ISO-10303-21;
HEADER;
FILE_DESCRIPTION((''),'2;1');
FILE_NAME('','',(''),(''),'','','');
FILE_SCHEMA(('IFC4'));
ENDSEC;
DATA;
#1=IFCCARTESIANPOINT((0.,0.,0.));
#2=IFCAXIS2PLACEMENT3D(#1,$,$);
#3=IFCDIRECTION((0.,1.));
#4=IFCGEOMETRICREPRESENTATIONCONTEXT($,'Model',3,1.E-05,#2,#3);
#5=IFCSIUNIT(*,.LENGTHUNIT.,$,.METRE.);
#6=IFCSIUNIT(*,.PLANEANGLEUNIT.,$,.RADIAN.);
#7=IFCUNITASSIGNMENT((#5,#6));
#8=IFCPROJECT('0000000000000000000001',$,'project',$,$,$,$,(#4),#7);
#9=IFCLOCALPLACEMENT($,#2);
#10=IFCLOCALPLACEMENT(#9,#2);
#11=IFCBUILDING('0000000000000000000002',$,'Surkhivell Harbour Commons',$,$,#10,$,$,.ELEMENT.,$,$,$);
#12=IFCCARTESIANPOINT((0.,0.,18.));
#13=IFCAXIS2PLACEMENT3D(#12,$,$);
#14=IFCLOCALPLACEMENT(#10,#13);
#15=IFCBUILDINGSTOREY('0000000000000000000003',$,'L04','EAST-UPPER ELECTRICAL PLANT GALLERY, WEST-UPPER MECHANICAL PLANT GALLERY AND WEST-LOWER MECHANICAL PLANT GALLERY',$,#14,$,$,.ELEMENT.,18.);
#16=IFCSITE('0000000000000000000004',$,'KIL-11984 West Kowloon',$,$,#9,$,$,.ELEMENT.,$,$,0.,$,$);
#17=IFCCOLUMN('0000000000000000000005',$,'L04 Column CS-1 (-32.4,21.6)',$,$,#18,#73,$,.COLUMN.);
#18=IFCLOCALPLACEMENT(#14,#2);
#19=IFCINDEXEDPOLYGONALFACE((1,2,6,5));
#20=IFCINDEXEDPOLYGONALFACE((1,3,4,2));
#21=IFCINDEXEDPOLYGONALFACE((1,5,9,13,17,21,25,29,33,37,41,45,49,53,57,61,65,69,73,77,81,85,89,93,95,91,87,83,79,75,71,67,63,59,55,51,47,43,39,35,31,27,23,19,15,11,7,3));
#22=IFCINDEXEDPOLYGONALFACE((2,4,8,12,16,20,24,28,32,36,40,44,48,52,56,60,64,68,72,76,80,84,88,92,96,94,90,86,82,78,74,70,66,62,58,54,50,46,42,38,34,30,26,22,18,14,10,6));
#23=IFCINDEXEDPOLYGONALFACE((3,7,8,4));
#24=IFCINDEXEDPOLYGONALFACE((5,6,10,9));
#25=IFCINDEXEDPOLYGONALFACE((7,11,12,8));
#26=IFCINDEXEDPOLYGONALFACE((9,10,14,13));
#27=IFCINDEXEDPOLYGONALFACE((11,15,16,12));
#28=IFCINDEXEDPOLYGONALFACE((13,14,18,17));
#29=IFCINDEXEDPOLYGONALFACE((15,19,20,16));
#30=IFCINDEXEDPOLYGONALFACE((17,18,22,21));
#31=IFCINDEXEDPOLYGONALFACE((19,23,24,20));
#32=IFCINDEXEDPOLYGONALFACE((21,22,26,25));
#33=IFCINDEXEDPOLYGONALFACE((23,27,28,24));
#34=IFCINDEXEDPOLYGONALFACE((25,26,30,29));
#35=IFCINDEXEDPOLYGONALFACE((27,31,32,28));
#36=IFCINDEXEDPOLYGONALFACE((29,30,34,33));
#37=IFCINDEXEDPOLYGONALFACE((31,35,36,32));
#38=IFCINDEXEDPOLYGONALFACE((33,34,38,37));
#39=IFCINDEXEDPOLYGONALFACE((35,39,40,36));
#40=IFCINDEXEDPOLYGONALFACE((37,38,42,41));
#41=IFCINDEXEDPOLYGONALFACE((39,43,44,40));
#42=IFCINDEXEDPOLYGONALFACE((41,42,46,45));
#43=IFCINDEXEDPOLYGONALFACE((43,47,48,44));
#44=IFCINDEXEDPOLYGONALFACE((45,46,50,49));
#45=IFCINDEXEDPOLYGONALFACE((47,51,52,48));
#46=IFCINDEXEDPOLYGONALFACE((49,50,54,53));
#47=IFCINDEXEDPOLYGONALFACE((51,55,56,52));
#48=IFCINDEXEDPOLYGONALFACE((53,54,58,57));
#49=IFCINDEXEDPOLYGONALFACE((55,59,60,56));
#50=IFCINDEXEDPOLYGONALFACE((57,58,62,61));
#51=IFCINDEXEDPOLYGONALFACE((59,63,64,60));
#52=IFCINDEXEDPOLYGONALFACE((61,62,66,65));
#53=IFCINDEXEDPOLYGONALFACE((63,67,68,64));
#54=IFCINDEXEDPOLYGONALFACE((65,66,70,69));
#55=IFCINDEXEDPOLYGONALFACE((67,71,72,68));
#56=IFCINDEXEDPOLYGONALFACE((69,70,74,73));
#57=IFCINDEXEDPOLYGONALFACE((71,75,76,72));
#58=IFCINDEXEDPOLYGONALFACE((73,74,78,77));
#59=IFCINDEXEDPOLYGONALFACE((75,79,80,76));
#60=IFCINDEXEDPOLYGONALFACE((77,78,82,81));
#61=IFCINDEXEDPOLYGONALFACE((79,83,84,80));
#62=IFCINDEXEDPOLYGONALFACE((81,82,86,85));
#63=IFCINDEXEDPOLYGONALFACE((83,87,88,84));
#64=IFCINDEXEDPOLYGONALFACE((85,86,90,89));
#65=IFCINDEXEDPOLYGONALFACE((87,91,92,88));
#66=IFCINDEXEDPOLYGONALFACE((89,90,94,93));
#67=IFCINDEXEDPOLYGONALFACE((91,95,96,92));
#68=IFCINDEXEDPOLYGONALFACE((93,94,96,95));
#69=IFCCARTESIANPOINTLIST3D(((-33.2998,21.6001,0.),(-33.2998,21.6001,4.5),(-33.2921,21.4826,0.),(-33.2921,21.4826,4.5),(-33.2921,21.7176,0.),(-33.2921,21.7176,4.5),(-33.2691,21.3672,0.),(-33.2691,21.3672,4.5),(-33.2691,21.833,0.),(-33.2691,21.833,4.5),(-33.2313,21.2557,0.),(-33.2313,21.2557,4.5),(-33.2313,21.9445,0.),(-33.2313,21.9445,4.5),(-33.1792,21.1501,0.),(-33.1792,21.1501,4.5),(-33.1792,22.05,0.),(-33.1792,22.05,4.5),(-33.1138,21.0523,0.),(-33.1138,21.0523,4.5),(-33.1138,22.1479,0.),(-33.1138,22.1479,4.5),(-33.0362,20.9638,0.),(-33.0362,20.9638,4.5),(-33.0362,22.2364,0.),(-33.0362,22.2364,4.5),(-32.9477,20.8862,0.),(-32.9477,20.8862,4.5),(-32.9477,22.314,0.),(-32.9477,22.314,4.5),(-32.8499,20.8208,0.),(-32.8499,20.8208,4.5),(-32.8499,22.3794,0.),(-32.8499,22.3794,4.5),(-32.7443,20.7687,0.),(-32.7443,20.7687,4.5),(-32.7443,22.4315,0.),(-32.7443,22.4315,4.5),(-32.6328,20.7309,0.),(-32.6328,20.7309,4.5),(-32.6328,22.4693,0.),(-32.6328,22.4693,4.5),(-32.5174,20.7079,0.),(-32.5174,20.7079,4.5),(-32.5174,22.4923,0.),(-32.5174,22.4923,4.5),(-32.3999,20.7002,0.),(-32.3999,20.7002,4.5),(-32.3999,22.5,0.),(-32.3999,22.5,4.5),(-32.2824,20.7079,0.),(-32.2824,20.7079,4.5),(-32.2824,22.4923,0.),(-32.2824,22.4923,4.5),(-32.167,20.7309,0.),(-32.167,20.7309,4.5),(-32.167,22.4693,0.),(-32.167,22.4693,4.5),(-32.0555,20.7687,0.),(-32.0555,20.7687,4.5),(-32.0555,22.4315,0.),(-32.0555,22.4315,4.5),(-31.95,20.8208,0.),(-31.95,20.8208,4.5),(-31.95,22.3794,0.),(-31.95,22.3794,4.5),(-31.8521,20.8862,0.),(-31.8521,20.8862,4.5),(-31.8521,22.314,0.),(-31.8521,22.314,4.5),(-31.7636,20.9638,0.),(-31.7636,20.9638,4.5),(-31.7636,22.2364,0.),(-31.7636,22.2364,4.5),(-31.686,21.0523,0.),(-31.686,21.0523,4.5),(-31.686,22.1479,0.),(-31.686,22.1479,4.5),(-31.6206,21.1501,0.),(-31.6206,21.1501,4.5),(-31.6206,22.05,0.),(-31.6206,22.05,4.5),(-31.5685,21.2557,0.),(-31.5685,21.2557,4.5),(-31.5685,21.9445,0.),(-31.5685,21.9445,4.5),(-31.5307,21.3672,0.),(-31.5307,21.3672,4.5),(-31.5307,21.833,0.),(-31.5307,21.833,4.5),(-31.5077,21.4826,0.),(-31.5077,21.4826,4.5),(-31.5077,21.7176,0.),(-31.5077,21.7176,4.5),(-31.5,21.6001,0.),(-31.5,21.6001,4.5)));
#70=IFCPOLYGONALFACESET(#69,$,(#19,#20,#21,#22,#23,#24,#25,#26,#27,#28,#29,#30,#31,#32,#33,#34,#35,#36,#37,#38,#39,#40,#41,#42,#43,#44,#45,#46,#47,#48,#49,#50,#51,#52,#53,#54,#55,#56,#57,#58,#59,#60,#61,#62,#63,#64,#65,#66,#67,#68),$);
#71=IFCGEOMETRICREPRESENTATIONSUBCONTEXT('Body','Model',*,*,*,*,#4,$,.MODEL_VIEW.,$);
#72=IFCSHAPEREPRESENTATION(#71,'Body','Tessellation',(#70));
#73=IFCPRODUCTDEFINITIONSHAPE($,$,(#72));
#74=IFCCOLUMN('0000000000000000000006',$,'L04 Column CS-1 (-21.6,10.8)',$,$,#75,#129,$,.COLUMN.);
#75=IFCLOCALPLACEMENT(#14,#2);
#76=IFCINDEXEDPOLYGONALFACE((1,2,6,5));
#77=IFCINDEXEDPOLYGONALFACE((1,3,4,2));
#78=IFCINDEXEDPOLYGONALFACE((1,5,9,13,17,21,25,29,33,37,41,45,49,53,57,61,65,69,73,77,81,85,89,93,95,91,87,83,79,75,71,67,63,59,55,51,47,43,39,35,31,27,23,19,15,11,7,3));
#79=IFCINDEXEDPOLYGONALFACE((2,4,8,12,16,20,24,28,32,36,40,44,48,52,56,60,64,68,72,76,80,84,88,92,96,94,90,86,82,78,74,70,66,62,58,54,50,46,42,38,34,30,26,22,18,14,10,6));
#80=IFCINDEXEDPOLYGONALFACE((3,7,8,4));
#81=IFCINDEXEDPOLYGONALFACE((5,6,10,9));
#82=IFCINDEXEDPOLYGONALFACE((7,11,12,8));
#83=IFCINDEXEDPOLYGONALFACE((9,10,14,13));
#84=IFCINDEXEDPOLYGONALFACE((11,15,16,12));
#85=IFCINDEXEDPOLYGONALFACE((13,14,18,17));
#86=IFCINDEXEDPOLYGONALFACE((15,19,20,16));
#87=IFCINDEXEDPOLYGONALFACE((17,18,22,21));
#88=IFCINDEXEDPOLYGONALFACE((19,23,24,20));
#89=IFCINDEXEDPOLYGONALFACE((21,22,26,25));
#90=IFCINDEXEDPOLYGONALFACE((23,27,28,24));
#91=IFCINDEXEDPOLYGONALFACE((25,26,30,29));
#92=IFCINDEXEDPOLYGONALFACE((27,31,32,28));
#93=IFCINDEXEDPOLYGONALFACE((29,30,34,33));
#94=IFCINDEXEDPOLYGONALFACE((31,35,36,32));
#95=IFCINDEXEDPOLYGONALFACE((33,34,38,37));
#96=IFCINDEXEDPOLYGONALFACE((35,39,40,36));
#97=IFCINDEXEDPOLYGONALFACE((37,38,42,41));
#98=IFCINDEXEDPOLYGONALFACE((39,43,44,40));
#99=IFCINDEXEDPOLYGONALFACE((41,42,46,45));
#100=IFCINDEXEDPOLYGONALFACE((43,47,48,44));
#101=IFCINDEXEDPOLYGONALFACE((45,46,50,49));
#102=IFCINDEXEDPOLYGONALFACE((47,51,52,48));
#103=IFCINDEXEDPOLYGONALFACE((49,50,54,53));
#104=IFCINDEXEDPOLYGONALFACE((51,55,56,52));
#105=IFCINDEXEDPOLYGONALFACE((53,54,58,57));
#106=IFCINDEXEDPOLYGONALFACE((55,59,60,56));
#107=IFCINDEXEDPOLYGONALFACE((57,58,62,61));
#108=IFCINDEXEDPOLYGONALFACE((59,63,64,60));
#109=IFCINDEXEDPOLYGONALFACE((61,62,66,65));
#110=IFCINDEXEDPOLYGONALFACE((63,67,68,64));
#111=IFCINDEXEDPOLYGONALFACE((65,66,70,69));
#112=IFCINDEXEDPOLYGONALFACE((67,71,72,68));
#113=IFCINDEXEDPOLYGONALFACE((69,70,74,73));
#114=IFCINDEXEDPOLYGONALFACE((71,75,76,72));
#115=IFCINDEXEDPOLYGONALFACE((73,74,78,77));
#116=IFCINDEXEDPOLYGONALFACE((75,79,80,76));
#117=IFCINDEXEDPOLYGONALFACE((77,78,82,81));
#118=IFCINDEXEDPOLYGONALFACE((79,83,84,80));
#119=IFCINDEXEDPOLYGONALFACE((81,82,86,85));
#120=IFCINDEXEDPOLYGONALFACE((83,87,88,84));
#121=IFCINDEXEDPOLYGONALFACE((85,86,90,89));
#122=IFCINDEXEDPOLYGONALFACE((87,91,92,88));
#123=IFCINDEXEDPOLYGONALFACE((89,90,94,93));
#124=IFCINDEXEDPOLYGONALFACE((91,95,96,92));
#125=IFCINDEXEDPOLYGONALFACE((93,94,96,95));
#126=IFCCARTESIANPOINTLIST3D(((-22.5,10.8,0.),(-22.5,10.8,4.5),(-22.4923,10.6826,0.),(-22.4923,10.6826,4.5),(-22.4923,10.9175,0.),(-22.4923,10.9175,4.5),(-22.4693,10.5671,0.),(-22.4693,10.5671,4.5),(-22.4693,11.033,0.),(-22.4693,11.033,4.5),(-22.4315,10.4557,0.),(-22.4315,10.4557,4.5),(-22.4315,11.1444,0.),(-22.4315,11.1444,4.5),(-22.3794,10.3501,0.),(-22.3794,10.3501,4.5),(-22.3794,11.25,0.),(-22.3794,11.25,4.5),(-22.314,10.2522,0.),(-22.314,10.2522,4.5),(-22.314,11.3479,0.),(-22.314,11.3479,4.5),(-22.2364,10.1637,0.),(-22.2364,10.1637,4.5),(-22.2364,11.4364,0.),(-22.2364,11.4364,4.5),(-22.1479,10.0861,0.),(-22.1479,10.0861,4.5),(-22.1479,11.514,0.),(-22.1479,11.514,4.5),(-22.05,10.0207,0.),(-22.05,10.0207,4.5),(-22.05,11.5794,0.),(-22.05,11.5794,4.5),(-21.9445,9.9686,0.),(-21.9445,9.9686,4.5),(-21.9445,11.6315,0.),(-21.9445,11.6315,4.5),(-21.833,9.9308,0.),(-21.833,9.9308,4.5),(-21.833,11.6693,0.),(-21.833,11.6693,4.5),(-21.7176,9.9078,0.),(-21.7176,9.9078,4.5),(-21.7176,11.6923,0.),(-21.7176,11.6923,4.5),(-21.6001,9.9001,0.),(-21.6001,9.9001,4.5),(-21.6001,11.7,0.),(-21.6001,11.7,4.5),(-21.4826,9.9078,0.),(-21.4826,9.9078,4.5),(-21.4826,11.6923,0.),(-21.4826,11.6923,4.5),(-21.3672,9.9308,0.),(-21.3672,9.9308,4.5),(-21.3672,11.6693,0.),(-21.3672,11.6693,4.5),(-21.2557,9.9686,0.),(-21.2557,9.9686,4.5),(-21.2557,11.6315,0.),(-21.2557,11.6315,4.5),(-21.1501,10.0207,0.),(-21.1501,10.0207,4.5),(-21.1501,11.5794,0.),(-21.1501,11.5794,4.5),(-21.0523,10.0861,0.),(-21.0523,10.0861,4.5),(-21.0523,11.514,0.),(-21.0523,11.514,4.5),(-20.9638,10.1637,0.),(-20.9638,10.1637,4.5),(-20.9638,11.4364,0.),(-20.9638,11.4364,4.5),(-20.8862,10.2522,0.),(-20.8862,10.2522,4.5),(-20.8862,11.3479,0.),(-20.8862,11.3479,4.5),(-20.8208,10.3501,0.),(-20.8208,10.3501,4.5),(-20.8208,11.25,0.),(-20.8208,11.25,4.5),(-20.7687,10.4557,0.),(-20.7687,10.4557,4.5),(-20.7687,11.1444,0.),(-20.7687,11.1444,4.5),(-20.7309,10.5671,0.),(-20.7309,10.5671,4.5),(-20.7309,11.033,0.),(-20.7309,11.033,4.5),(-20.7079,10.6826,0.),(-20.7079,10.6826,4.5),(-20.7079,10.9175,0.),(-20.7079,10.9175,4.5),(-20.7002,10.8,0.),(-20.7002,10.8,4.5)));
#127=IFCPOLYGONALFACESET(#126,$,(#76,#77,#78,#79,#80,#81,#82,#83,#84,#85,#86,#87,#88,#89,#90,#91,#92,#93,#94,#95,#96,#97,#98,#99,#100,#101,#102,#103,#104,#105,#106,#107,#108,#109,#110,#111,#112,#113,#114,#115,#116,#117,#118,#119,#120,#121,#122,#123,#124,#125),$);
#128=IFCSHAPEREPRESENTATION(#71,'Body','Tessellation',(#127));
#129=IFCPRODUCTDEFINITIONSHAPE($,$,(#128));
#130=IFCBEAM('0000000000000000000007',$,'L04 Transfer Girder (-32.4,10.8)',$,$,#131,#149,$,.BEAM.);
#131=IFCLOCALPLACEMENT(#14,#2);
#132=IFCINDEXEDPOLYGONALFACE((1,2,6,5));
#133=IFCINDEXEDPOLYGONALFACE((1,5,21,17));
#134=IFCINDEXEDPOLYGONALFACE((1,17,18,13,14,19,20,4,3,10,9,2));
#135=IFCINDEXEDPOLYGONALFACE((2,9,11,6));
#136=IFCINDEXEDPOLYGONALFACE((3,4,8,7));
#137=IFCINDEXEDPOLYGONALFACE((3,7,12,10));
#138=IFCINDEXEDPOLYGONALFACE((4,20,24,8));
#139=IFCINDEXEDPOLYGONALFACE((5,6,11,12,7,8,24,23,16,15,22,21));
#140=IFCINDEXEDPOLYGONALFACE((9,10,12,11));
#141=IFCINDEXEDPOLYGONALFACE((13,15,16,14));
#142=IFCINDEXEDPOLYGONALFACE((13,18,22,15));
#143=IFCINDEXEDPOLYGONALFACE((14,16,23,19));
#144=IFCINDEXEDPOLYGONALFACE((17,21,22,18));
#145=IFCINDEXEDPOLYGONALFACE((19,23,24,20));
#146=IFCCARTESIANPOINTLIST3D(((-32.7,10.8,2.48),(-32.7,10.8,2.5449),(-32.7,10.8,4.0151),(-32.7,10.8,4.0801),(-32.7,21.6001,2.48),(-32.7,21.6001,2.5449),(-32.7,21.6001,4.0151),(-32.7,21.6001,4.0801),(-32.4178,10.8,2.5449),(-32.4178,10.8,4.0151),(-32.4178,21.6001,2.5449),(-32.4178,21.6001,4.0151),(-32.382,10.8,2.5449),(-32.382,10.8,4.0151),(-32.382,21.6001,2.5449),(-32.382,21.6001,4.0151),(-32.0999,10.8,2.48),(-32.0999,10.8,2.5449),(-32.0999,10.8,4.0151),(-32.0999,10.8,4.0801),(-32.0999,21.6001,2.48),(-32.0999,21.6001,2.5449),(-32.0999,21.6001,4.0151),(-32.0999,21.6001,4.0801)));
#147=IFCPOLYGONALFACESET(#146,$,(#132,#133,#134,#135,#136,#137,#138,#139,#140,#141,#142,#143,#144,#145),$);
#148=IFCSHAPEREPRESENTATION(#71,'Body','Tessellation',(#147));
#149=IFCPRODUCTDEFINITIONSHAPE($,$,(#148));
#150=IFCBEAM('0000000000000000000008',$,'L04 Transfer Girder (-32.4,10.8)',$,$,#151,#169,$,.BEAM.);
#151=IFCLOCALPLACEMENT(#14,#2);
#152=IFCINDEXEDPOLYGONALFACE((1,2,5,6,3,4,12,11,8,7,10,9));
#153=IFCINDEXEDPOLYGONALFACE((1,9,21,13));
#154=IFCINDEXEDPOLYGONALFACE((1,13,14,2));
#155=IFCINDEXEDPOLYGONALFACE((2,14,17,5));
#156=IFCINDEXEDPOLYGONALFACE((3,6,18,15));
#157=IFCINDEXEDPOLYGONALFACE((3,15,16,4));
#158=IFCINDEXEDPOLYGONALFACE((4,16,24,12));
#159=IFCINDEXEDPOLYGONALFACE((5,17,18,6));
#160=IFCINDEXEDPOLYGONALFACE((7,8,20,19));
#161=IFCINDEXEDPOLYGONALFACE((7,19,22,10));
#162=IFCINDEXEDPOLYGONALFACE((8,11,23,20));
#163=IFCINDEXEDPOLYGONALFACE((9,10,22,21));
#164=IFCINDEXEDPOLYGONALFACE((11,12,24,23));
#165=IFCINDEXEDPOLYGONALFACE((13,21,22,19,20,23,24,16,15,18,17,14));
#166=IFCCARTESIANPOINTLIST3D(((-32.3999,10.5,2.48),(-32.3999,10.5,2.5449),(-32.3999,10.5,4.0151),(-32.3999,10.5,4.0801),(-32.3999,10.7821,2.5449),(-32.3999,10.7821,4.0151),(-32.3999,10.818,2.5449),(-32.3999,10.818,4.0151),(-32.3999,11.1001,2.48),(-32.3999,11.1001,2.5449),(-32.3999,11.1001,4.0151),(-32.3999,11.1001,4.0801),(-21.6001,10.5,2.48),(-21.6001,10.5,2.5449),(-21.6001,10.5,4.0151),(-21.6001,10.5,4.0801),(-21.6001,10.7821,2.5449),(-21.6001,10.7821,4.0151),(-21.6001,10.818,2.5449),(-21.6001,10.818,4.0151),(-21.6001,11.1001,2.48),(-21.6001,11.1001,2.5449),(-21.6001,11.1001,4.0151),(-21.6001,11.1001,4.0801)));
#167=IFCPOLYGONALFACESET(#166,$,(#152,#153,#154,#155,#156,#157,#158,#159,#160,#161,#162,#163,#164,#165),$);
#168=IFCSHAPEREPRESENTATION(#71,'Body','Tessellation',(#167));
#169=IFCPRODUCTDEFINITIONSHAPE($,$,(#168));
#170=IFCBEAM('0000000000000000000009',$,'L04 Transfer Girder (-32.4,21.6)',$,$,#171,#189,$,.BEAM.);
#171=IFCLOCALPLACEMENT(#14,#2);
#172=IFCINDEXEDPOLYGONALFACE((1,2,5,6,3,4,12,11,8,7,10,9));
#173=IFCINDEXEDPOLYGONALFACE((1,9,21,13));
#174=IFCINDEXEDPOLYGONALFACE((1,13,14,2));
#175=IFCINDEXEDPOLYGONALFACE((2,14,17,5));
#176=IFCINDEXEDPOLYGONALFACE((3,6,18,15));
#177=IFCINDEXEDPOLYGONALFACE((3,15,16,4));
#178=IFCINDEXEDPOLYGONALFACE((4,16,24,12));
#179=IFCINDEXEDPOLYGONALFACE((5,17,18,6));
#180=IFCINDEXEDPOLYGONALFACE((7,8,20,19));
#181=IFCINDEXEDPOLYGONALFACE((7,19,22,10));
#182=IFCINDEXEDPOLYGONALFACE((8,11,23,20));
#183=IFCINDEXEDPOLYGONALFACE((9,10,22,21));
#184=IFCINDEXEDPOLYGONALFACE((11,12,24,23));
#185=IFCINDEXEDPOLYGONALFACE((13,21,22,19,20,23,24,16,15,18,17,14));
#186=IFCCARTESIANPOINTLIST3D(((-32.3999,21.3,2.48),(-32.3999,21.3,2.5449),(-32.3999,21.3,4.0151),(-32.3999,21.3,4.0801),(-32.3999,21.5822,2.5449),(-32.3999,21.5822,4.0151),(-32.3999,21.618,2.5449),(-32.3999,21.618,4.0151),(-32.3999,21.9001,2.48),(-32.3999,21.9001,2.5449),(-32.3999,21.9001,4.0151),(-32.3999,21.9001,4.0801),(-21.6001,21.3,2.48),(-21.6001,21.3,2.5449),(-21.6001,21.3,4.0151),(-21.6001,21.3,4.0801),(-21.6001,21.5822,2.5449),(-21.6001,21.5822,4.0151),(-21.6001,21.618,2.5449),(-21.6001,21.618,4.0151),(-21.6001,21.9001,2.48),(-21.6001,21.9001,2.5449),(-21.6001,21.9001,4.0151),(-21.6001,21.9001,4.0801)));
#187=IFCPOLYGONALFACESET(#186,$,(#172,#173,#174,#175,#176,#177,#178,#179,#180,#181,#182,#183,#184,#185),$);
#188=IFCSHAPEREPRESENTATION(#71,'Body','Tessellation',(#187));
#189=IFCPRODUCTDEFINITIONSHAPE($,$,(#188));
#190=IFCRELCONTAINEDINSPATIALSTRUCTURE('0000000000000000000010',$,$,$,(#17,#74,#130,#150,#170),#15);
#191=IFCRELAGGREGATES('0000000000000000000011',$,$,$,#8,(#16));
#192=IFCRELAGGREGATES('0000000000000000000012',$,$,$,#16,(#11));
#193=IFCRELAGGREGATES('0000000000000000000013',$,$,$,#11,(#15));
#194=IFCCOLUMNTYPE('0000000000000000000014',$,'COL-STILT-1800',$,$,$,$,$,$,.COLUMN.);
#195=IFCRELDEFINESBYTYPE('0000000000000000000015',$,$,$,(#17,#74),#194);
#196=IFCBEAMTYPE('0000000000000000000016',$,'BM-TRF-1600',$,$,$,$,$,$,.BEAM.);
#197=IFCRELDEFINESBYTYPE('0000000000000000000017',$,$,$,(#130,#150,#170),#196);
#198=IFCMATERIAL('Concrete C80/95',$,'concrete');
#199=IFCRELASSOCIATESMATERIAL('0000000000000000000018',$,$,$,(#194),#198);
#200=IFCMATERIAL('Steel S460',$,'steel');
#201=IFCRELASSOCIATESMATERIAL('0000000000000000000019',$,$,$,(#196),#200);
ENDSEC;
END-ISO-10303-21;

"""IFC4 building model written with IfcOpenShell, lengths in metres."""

from ifc_helpers import new_model, si_unit, direction, frame, origin, origin_2d, place, context, subcontext, project, spatial, circle, i_section, extrude, material, material_profile, profile_set, type_object, element, save


model = new_model("IFC4")

# Units and contexts
model_context = context("Model", 3, precision=1e-05, world=origin(), true_north=direction((0.0, 1.0)))
body_context = subcontext(model_context, "Body", "Model", "MODEL_VIEW")
ifc_project = project(units=[si_unit("LENGTHUNIT", "METRE"), si_unit("PLANEANGLEUNIT", "RADIAN")], contexts=[model_context])

# Site, building, storey
site_placement = place(None, origin())
site = spatial("IfcSite", under=ifc_project, at=site_placement, Name="KIL-11984 West Kowloon", CompositionType="ELEMENT", RefElevation=0.0)
building_placement = place(site_placement, origin())
building = spatial("IfcBuilding", under=site, at=building_placement, Name="Surkhivell Harbour Commons", CompositionType="ELEMENT")
storey_placement = place(building_placement, frame((0.0, 0.0, 18.0)))
storey = spatial("IfcBuildingStorey", under=building, at=storey_placement, Name="L04", Description="EAST-UPPER ELECTRICAL PLANT GALLERY, WEST-UPPER MECHANICAL PLANT GALLERY AND WEST-LOWER MECHANICAL PLANT GALLERY", CompositionType="ELEMENT", Elevation=18.0)

# Columns
ifc_material_1 = material(Name="Concrete C80/95", Category="concrete")
ifc_material_profile_1 = material_profile(ifc_material_1, circle(Radius=0.8999, at=origin_2d()), Name="RC-CIRC-1800")
ifc_profile_set_1 = profile_set([ifc_material_profile_1], Name="Concrete C80/95")
column_type = type_object("IfcColumnType", Name="COL-STILT-1800", PredefinedType="COLUMN", material=ifc_profile_set_1)
for number, where, z_axis, x_axis, name in (
    (1, (-32.3999, 21.6001, 0.0), (0.0, 0.0, 1.0), (1.0, 0.0, 0.0), "L04 Column CS-1 (-32.4,21.6)"),
    (2, (-21.6001, 10.8, 0.0), (0.0, 0.0, 1.0), (1.0, 0.0, 0.0), "L04 Column CS-1 (-21.6,10.8)"),
):
    element("IfcColumn", number, at=place(storey_placement, frame(where, z_axis=z_axis, x_axis=x_axis)), inside=storey, type_object=column_type, Name=name, PredefinedType="COLUMN", context=body_context, shape_type="SweptSolid", body=[
        extrude(circle(Radius=0.8999, at=origin_2d()), origin(), (0.0, 0.0, 1.0), 4.5),
    ])

# Beams
ifc_material_2 = material(Name="Steel S460", Category="steel")
ifc_material_profile_2 = material_profile(ifc_material_2, i_section(OverallWidth=0.6001, OverallDepth=1.6001, WebThickness=0.0359, FlangeThickness=0.0649, at=origin_2d()), Name="WPG1600x600x296")
ifc_profile_set_2 = profile_set([ifc_material_profile_2], Name="Steel S460")
beam_type = type_object("IfcBeamType", Name="BM-TRF-1600", PredefinedType="BEAM", material=ifc_profile_set_2)
beam_1_placement = place(storey_placement, frame((-32.3999, 10.8, 3.28), z_axis=(0.0, 1.0, 0.0), x_axis=(-1.0, 0.0, 0.0)))
element("IfcBeam", 3, at=beam_1_placement, inside=storey, type_object=beam_type, Name="L04 Transfer Girder (-32.4,10.8)", PredefinedType="BEAM", context=body_context, shape_type="SweptSolid", body=[
    extrude(i_section(OverallWidth=0.6001, OverallDepth=1.6001, WebThickness=0.0359, FlangeThickness=0.0649, at=origin_2d()), origin(), (0.0, 0.0, 1.0), 10.8),
])
for number, where, z_axis, x_axis, name in (
    (4, (-32.3999, 10.8, 3.28), (1.0, 0.0, 0.0), (0.0, 1.0, 0.0), "L04 Transfer Girder (-32.4,10.8)"),
    (5, (-32.3999, 21.6001, 3.28), (1.0, 0.0, 0.0), (0.0, 1.0, 0.0), "L04 Transfer Girder (-32.4,21.6)"),
):
    element("IfcBeam", number, at=place(storey_placement, frame(where, z_axis=z_axis, x_axis=x_axis)), inside=storey, type_object=beam_type, Name=name, PredefinedType="BEAM", context=body_context, shape_type="SweptSolid", body=[
        extrude(i_section(OverallWidth=0.6001, OverallDepth=1.6001, WebThickness=0.0359, FlangeThickness=0.0649, at=origin_2d()), origin(), (0.0, 0.0, 1.0), 10.7998),
    ])

save(model, "model.ifc")
